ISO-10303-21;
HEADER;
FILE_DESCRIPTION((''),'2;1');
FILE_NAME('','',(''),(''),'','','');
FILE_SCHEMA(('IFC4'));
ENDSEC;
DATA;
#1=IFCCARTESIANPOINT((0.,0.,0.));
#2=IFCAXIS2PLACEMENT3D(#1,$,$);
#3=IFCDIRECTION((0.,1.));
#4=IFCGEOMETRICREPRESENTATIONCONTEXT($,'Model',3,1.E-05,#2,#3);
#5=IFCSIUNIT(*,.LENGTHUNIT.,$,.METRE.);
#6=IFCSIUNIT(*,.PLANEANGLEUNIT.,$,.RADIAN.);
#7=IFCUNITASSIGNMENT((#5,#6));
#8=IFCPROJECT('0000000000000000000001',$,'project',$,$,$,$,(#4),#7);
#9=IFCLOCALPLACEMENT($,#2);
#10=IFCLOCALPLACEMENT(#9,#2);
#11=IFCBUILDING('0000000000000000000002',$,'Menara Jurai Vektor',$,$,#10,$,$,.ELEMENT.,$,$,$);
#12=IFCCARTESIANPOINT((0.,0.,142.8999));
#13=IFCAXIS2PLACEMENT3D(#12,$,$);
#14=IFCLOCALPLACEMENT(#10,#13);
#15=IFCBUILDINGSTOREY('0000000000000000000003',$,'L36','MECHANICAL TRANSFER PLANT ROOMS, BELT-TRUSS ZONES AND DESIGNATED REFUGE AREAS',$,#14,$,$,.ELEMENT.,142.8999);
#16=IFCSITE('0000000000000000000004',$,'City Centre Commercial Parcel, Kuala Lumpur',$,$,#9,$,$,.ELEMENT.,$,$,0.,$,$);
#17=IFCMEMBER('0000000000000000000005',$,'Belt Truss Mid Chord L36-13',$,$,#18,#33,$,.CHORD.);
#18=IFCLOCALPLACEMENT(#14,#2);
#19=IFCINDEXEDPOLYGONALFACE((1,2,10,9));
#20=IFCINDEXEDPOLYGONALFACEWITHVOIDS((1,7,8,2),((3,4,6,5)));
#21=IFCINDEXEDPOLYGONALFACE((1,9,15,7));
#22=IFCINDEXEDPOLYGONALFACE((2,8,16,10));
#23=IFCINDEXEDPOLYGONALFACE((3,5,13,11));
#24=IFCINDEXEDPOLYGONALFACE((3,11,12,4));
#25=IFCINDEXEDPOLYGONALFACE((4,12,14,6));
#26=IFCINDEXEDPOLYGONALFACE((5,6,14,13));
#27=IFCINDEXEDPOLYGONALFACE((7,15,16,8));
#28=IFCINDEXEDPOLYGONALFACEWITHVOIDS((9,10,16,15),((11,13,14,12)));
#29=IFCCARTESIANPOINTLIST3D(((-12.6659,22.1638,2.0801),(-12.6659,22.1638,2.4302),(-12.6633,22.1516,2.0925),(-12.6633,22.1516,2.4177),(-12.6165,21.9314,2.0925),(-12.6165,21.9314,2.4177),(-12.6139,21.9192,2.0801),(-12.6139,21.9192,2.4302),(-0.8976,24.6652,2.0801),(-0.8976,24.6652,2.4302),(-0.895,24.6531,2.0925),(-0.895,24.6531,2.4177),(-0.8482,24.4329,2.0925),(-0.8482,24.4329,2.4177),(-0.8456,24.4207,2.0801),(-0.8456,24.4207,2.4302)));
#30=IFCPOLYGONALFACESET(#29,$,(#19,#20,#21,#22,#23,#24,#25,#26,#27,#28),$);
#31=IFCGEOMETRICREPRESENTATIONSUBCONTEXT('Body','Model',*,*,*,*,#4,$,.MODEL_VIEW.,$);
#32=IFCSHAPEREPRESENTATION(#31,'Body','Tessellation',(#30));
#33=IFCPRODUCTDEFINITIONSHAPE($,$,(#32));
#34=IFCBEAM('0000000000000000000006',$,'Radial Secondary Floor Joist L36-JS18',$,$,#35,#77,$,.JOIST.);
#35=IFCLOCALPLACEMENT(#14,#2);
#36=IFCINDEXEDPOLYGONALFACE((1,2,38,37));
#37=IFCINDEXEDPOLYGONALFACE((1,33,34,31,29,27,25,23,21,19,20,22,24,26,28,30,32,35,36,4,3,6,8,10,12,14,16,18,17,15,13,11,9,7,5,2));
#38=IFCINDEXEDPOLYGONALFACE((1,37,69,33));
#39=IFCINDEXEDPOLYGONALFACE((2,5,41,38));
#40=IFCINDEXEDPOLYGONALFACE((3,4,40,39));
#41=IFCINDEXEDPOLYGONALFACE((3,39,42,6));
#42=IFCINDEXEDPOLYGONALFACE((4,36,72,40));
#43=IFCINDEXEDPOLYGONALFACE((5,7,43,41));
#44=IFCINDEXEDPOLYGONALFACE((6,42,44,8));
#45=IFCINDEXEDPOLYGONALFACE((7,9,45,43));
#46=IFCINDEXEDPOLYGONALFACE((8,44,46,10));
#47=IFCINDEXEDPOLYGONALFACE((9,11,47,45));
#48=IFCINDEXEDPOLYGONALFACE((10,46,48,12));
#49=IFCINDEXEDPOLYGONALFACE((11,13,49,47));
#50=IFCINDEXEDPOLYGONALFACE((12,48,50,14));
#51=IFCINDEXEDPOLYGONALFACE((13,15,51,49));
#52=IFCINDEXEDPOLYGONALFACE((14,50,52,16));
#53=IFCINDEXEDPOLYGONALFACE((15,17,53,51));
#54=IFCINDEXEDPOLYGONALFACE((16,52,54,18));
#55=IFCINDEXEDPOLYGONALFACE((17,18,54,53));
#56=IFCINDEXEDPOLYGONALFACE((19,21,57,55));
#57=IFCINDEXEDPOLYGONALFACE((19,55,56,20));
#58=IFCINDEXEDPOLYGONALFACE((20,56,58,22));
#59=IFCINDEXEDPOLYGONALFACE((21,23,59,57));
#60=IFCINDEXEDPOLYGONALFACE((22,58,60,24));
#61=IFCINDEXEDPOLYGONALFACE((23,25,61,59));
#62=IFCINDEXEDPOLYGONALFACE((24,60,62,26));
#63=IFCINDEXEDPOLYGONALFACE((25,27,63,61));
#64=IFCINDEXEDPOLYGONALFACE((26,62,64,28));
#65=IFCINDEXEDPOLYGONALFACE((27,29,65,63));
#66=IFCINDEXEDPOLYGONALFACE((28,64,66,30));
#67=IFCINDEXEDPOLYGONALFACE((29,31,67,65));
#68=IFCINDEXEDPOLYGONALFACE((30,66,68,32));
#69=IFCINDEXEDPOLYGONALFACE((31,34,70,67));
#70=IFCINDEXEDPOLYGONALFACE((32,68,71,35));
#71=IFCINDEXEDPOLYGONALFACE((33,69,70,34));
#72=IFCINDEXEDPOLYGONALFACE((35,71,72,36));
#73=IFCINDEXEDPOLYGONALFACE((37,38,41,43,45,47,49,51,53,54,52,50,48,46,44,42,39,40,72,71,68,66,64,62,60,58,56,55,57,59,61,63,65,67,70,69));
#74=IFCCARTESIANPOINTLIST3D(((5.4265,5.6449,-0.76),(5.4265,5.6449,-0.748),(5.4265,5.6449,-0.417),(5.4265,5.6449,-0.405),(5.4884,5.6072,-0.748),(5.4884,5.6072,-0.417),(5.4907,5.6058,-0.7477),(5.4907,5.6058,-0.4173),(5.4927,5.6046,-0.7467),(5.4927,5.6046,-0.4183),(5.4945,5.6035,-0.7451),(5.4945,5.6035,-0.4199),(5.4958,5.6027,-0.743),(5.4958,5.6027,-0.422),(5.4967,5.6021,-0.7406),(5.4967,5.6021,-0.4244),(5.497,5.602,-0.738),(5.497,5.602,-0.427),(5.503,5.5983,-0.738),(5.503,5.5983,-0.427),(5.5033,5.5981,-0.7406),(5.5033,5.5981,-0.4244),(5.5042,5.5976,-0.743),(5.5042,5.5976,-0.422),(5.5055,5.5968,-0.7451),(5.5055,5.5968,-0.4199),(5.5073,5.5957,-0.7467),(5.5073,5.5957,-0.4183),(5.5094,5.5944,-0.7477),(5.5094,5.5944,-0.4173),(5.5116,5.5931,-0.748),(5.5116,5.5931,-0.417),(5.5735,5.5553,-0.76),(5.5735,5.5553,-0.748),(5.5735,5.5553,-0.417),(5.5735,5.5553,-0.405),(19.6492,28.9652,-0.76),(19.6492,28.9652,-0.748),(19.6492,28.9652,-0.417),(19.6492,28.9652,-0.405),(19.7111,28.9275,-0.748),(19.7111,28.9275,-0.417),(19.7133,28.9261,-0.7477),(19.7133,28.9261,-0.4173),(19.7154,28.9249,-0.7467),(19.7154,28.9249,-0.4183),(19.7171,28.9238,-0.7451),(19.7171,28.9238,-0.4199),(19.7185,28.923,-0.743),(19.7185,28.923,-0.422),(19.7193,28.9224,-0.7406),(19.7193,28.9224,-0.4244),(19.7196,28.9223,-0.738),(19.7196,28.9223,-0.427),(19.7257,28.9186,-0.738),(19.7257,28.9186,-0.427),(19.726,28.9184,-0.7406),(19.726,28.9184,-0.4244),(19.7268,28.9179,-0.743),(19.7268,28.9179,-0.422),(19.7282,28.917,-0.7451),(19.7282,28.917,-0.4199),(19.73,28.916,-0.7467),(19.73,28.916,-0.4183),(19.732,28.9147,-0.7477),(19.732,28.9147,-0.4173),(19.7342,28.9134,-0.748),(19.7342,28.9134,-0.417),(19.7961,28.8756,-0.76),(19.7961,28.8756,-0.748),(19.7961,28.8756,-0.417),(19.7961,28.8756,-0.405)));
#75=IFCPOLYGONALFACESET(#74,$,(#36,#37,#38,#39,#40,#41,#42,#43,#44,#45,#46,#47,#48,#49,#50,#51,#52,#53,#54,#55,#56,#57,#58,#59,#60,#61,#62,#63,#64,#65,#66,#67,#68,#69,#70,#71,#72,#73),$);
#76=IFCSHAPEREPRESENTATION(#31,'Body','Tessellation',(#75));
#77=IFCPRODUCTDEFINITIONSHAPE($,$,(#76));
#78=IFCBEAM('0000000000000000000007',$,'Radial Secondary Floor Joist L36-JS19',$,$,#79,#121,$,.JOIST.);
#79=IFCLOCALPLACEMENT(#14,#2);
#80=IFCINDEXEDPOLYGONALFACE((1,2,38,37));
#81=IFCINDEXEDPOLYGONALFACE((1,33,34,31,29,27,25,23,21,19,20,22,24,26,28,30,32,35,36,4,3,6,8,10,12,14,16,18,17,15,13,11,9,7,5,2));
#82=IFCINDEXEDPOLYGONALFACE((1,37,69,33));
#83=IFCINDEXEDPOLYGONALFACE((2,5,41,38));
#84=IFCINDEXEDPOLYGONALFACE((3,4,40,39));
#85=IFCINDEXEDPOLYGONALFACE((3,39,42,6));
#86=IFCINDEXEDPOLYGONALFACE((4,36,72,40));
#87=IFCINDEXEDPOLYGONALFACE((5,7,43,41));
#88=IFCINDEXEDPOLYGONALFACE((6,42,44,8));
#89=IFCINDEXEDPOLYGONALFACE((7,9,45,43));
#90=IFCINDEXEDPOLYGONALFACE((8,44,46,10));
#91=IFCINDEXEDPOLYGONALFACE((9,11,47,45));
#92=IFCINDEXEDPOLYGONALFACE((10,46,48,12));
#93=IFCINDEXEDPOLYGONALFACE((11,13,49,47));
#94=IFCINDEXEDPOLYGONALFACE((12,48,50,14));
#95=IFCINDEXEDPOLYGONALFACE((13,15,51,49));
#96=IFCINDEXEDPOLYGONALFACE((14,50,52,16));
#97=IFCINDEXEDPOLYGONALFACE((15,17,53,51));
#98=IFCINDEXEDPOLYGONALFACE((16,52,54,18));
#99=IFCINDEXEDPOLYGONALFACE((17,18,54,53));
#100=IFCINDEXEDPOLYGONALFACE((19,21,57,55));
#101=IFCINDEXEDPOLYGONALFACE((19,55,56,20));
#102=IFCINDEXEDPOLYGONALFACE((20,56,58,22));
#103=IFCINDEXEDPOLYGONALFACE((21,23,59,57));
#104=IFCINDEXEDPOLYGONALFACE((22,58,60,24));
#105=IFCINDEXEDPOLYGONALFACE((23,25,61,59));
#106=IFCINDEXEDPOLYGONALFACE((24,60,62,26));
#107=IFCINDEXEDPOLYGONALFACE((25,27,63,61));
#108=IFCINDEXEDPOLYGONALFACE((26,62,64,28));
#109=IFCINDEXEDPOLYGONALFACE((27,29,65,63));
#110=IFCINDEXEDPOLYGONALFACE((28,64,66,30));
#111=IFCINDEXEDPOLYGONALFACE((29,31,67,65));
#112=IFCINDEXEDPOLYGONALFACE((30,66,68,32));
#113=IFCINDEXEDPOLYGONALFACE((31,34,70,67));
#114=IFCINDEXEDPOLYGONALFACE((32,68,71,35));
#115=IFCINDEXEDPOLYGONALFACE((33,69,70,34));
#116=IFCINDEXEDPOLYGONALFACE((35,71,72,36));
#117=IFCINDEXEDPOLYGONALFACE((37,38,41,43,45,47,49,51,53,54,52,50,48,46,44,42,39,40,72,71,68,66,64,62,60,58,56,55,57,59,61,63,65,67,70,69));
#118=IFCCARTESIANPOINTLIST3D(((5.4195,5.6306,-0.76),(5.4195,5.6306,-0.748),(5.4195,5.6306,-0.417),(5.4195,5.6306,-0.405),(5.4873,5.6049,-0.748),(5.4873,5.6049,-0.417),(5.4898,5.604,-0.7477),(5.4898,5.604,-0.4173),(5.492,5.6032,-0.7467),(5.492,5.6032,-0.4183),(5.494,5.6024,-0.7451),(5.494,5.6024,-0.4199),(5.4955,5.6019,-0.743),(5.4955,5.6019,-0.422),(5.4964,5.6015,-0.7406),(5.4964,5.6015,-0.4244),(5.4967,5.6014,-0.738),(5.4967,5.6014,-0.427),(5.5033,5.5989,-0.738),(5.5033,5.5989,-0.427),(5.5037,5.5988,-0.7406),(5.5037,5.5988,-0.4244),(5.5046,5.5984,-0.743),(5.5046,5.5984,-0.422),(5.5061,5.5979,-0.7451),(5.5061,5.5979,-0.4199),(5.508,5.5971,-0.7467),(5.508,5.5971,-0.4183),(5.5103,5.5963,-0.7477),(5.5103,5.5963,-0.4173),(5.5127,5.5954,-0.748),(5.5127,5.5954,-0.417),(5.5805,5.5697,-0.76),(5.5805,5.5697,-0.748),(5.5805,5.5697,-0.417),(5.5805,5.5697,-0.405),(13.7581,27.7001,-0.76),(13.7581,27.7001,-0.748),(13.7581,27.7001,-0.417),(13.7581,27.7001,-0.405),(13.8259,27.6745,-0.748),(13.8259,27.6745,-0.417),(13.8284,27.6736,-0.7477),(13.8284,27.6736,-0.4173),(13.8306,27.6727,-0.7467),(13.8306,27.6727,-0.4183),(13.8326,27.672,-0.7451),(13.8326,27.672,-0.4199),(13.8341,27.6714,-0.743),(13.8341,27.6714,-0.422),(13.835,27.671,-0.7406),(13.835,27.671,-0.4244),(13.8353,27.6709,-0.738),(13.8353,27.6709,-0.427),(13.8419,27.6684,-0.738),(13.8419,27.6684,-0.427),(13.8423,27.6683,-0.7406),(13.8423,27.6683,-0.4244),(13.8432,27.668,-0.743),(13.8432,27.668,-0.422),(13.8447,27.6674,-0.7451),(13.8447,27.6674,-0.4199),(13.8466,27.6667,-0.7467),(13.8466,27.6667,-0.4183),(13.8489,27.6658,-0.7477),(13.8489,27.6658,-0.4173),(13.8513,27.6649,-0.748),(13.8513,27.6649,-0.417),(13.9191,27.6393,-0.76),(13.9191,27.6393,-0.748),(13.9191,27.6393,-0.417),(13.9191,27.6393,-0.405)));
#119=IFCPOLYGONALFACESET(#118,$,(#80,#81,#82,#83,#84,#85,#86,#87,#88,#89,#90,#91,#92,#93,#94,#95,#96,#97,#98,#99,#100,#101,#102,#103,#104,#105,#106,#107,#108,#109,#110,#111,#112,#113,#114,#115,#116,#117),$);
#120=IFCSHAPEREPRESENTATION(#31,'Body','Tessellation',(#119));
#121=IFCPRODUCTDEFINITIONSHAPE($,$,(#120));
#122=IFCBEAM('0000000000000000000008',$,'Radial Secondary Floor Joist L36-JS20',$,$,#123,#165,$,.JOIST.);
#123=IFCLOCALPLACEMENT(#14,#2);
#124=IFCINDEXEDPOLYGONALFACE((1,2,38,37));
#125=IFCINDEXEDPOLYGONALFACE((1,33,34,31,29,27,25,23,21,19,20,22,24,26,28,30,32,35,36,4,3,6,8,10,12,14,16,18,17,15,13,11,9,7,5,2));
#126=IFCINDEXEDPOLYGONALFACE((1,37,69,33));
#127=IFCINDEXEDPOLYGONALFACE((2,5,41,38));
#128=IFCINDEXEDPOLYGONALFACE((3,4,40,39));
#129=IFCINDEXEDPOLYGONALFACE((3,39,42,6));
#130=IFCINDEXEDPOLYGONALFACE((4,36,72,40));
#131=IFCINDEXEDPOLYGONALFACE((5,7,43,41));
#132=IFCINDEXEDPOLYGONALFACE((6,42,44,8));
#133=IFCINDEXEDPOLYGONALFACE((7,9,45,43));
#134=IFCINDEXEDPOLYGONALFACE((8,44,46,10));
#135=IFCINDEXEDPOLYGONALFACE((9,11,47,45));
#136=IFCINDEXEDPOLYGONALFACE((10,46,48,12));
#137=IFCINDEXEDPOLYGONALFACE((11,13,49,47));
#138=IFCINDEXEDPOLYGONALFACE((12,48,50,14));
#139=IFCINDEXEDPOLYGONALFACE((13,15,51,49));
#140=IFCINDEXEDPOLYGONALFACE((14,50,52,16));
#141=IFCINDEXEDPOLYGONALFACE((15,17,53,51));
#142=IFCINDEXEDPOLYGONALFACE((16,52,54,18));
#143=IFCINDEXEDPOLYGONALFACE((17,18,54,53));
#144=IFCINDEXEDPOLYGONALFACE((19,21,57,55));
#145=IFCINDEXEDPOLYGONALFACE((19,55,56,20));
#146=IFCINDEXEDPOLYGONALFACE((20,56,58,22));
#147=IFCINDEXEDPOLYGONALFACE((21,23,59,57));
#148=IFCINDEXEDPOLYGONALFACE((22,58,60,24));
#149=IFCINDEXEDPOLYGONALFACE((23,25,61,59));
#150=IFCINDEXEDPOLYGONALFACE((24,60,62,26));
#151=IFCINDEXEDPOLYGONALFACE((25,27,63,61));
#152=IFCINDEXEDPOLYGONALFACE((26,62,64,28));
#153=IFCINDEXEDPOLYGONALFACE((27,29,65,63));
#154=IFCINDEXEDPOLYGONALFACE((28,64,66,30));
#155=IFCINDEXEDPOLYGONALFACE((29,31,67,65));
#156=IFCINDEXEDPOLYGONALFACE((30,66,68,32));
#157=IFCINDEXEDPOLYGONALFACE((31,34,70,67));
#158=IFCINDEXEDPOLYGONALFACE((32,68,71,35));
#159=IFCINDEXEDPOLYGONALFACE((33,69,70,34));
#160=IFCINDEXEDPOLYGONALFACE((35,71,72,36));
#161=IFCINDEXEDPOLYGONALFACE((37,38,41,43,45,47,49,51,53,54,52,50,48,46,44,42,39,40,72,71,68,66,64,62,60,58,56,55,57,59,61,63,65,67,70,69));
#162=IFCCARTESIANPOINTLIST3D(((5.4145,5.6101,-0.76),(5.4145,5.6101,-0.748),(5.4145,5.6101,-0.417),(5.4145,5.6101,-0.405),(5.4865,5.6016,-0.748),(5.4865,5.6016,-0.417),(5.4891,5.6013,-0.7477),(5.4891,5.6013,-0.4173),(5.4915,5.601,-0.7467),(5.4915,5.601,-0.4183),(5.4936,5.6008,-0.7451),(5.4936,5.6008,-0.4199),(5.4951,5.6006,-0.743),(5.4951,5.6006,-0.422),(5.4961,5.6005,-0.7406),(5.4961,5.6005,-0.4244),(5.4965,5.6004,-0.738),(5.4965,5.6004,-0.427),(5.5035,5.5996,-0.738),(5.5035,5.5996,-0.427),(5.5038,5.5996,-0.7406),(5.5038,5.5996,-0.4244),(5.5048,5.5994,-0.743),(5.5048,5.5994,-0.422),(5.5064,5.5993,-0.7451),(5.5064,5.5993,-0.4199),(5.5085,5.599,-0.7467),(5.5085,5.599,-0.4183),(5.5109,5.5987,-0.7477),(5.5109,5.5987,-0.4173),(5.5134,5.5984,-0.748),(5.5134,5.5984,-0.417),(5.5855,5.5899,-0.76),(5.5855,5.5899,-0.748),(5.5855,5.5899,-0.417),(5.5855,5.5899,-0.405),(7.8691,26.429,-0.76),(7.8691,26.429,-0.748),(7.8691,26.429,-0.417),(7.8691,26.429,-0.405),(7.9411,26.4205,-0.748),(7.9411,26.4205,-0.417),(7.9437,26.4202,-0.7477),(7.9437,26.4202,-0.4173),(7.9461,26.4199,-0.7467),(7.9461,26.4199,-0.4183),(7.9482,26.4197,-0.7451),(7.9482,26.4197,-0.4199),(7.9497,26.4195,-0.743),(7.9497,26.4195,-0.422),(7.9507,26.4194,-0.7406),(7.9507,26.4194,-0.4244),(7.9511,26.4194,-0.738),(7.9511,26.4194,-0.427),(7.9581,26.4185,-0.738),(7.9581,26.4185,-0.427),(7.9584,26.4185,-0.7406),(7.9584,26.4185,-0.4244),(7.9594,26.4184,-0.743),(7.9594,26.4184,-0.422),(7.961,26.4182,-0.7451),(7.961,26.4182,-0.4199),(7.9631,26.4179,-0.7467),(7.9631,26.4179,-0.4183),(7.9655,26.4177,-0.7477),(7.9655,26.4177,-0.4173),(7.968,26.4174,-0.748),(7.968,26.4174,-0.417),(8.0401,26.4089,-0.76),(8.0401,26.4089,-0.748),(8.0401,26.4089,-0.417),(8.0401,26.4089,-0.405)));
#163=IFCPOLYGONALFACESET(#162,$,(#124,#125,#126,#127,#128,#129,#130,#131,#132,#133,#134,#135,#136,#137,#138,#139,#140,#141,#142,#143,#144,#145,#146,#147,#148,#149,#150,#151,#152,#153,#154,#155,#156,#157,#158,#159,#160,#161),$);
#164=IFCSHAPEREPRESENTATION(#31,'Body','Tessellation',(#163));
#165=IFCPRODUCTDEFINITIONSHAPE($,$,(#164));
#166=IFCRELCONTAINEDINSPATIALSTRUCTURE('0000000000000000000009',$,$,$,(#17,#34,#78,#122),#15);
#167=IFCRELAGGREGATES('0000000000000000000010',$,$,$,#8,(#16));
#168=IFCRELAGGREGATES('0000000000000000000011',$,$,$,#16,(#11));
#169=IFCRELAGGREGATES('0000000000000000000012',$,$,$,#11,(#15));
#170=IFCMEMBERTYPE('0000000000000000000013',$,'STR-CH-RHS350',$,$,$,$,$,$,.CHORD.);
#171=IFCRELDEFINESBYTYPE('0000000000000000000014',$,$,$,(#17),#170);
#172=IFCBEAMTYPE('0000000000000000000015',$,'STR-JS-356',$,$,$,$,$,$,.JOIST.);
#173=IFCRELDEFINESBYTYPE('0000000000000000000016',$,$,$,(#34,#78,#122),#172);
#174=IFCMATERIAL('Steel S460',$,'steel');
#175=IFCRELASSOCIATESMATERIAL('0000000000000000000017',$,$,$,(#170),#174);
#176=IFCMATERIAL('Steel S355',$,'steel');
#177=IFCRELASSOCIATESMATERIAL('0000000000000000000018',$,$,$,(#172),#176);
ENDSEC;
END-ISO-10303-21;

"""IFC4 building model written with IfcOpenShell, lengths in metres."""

from ifc_helpers import new_model, si_unit, direction, frame, origin, origin_2d, place, context, subcontext, project, spatial, hollow_rectangle, i_section, extrude, material, material_profile, profile_set, type_object, element, save


model = new_model("IFC4")

# Units and contexts
model_context = context("Model", 3, precision=1e-05, world=origin(), true_north=direction((0.0, 1.0)))
body_context = subcontext(model_context, "Body", "Model", "MODEL_VIEW")
ifc_project = project(units=[si_unit("LENGTHUNIT", "METRE"), si_unit("PLANEANGLEUNIT", "RADIAN")], contexts=[model_context])

# Site, building, storey
site_placement = place(None, origin())
site = spatial("IfcSite", under=ifc_project, at=site_placement, Name="City Centre Commercial Parcel, Kuala Lumpur", CompositionType="ELEMENT", RefElevation=0.0)
building_placement = place(site_placement, origin())
building = spatial("IfcBuilding", under=site, at=building_placement, Name="Menara Jurai Vektor", CompositionType="ELEMENT")
storey_placement = place(building_placement, frame((0.0, 0.0, 142.8999)))
storey = spatial("IfcBuildingStorey", under=building, at=storey_placement, Name="L36", Description="MECHANICAL TRANSFER PLANT ROOMS, BELT-TRUSS ZONES AND DESIGNATED REFUGE AREAS", CompositionType="ELEMENT", Elevation=142.8999)

# Shared definitions
ifc_material_1 = material(Name="Steel S460", Category="steel")

# Member
ifc_material_profile_1 = material_profile(ifc_material_1, hollow_rectangle(XDim=0.25, YDim=0.3501, WallThickness=0.0125, at=origin_2d()), Name="RHS 350x250x12.5")
ifc_profile_set_1 = profile_set([ifc_material_profile_1], Name="Steel S460")
member_type_1 = type_object("IfcMemberType", Name="STR-CH-RHS350", PredefinedType="CHORD", material=ifc_profile_set_1)
member_1_placement = place(storey_placement, frame((-0.8716, 24.543, 2.2551), z_axis=(-0.978147, -0.207914, 0.0), x_axis=(0.207914, -0.978147, 0.0)))
element("IfcMember", 1, at=member_1_placement, inside=storey, type_object=member_type_1, Name="Belt Truss Mid Chord L36-13", PredefinedType="CHORD", context=body_context, shape_type="SweptSolid", body=[
    extrude(hollow_rectangle(XDim=0.25, YDim=0.3501, WallThickness=0.0125, at=origin_2d()), origin(), (0.0, 0.0, 1.0), 12.0312),
])

# Beams
ifc_material_2 = material(Name="Steel S355", Category="steel")
ifc_material_profile_2 = material_profile(ifc_material_2, i_section(OverallWidth=0.1721, OverallDepth=0.355, WebThickness=0.0071, FlangeThickness=0.012, FilletRadius=0.01, at=origin_2d()), Name="UKB 356x171x51")
ifc_profile_set_2 = profile_set([ifc_material_profile_2], Name="Steel S355")
beam_type_1 = type_object("IfcBeamType", Name="STR-JS-356", PredefinedType="JOIST", material=ifc_profile_set_2)
beam_1_placement = place(storey_placement, frame((19.7227, 28.9204, -0.5825), z_axis=(-0.520686, -0.853748, 0.0), x_axis=(0.853748, -0.520686, 0.0)))
element("IfcBeam", 2, at=beam_1_placement, inside=storey, type_object=beam_type_1, Name="Radial Secondary Floor Joist L36-JS18", PredefinedType="JOIST", context=body_context, shape_type="SweptSolid", body=[
    extrude(i_section(OverallWidth=0.1721, OverallDepth=0.355, WebThickness=0.0071, FlangeThickness=0.012, FilletRadius=0.01, at=origin_2d()), origin(), (0.0, 0.0, 1.0), 27.3152),
])
beam_2_placement = place(storey_placement, frame((13.8386, 27.6697, -0.5825), z_axis=(-0.353446, -0.935455, 0.0), x_axis=(0.935455, -0.353446, 0.0)))
element("IfcBeam", 3, at=beam_2_placement, inside=storey, type_object=beam_type_1, Name="Radial Secondary Floor Joist L36-JS19", PredefinedType="JOIST", context=body_context, shape_type="SweptSolid", body=[
    extrude(i_section(OverallWidth=0.1721, OverallDepth=0.355, WebThickness=0.0071, FlangeThickness=0.012, FilletRadius=0.01, at=origin_2d()), origin(), (0.0, 0.0, 1.0), 23.5923),
])
beam_3_placement = place(storey_placement, frame((7.9546, 26.4189, -0.5825), z_axis=(-0.117091, -0.993121, 0.0), x_axis=(0.993121, -0.117091, 0.0)))
element("IfcBeam", 4, at=beam_3_placement, inside=storey, type_object=beam_type_1, Name="Radial Secondary Floor Joist L36-JS20", PredefinedType="JOIST", context=body_context, shape_type="SweptSolid", body=[
    extrude(i_section(OverallWidth=0.1721, OverallDepth=0.355, WebThickness=0.0071, FlangeThickness=0.012, FilletRadius=0.01, at=origin_2d()), origin(), (0.0, 0.0, 1.0), 20.9631),
])

save(model, "model.ifc")
